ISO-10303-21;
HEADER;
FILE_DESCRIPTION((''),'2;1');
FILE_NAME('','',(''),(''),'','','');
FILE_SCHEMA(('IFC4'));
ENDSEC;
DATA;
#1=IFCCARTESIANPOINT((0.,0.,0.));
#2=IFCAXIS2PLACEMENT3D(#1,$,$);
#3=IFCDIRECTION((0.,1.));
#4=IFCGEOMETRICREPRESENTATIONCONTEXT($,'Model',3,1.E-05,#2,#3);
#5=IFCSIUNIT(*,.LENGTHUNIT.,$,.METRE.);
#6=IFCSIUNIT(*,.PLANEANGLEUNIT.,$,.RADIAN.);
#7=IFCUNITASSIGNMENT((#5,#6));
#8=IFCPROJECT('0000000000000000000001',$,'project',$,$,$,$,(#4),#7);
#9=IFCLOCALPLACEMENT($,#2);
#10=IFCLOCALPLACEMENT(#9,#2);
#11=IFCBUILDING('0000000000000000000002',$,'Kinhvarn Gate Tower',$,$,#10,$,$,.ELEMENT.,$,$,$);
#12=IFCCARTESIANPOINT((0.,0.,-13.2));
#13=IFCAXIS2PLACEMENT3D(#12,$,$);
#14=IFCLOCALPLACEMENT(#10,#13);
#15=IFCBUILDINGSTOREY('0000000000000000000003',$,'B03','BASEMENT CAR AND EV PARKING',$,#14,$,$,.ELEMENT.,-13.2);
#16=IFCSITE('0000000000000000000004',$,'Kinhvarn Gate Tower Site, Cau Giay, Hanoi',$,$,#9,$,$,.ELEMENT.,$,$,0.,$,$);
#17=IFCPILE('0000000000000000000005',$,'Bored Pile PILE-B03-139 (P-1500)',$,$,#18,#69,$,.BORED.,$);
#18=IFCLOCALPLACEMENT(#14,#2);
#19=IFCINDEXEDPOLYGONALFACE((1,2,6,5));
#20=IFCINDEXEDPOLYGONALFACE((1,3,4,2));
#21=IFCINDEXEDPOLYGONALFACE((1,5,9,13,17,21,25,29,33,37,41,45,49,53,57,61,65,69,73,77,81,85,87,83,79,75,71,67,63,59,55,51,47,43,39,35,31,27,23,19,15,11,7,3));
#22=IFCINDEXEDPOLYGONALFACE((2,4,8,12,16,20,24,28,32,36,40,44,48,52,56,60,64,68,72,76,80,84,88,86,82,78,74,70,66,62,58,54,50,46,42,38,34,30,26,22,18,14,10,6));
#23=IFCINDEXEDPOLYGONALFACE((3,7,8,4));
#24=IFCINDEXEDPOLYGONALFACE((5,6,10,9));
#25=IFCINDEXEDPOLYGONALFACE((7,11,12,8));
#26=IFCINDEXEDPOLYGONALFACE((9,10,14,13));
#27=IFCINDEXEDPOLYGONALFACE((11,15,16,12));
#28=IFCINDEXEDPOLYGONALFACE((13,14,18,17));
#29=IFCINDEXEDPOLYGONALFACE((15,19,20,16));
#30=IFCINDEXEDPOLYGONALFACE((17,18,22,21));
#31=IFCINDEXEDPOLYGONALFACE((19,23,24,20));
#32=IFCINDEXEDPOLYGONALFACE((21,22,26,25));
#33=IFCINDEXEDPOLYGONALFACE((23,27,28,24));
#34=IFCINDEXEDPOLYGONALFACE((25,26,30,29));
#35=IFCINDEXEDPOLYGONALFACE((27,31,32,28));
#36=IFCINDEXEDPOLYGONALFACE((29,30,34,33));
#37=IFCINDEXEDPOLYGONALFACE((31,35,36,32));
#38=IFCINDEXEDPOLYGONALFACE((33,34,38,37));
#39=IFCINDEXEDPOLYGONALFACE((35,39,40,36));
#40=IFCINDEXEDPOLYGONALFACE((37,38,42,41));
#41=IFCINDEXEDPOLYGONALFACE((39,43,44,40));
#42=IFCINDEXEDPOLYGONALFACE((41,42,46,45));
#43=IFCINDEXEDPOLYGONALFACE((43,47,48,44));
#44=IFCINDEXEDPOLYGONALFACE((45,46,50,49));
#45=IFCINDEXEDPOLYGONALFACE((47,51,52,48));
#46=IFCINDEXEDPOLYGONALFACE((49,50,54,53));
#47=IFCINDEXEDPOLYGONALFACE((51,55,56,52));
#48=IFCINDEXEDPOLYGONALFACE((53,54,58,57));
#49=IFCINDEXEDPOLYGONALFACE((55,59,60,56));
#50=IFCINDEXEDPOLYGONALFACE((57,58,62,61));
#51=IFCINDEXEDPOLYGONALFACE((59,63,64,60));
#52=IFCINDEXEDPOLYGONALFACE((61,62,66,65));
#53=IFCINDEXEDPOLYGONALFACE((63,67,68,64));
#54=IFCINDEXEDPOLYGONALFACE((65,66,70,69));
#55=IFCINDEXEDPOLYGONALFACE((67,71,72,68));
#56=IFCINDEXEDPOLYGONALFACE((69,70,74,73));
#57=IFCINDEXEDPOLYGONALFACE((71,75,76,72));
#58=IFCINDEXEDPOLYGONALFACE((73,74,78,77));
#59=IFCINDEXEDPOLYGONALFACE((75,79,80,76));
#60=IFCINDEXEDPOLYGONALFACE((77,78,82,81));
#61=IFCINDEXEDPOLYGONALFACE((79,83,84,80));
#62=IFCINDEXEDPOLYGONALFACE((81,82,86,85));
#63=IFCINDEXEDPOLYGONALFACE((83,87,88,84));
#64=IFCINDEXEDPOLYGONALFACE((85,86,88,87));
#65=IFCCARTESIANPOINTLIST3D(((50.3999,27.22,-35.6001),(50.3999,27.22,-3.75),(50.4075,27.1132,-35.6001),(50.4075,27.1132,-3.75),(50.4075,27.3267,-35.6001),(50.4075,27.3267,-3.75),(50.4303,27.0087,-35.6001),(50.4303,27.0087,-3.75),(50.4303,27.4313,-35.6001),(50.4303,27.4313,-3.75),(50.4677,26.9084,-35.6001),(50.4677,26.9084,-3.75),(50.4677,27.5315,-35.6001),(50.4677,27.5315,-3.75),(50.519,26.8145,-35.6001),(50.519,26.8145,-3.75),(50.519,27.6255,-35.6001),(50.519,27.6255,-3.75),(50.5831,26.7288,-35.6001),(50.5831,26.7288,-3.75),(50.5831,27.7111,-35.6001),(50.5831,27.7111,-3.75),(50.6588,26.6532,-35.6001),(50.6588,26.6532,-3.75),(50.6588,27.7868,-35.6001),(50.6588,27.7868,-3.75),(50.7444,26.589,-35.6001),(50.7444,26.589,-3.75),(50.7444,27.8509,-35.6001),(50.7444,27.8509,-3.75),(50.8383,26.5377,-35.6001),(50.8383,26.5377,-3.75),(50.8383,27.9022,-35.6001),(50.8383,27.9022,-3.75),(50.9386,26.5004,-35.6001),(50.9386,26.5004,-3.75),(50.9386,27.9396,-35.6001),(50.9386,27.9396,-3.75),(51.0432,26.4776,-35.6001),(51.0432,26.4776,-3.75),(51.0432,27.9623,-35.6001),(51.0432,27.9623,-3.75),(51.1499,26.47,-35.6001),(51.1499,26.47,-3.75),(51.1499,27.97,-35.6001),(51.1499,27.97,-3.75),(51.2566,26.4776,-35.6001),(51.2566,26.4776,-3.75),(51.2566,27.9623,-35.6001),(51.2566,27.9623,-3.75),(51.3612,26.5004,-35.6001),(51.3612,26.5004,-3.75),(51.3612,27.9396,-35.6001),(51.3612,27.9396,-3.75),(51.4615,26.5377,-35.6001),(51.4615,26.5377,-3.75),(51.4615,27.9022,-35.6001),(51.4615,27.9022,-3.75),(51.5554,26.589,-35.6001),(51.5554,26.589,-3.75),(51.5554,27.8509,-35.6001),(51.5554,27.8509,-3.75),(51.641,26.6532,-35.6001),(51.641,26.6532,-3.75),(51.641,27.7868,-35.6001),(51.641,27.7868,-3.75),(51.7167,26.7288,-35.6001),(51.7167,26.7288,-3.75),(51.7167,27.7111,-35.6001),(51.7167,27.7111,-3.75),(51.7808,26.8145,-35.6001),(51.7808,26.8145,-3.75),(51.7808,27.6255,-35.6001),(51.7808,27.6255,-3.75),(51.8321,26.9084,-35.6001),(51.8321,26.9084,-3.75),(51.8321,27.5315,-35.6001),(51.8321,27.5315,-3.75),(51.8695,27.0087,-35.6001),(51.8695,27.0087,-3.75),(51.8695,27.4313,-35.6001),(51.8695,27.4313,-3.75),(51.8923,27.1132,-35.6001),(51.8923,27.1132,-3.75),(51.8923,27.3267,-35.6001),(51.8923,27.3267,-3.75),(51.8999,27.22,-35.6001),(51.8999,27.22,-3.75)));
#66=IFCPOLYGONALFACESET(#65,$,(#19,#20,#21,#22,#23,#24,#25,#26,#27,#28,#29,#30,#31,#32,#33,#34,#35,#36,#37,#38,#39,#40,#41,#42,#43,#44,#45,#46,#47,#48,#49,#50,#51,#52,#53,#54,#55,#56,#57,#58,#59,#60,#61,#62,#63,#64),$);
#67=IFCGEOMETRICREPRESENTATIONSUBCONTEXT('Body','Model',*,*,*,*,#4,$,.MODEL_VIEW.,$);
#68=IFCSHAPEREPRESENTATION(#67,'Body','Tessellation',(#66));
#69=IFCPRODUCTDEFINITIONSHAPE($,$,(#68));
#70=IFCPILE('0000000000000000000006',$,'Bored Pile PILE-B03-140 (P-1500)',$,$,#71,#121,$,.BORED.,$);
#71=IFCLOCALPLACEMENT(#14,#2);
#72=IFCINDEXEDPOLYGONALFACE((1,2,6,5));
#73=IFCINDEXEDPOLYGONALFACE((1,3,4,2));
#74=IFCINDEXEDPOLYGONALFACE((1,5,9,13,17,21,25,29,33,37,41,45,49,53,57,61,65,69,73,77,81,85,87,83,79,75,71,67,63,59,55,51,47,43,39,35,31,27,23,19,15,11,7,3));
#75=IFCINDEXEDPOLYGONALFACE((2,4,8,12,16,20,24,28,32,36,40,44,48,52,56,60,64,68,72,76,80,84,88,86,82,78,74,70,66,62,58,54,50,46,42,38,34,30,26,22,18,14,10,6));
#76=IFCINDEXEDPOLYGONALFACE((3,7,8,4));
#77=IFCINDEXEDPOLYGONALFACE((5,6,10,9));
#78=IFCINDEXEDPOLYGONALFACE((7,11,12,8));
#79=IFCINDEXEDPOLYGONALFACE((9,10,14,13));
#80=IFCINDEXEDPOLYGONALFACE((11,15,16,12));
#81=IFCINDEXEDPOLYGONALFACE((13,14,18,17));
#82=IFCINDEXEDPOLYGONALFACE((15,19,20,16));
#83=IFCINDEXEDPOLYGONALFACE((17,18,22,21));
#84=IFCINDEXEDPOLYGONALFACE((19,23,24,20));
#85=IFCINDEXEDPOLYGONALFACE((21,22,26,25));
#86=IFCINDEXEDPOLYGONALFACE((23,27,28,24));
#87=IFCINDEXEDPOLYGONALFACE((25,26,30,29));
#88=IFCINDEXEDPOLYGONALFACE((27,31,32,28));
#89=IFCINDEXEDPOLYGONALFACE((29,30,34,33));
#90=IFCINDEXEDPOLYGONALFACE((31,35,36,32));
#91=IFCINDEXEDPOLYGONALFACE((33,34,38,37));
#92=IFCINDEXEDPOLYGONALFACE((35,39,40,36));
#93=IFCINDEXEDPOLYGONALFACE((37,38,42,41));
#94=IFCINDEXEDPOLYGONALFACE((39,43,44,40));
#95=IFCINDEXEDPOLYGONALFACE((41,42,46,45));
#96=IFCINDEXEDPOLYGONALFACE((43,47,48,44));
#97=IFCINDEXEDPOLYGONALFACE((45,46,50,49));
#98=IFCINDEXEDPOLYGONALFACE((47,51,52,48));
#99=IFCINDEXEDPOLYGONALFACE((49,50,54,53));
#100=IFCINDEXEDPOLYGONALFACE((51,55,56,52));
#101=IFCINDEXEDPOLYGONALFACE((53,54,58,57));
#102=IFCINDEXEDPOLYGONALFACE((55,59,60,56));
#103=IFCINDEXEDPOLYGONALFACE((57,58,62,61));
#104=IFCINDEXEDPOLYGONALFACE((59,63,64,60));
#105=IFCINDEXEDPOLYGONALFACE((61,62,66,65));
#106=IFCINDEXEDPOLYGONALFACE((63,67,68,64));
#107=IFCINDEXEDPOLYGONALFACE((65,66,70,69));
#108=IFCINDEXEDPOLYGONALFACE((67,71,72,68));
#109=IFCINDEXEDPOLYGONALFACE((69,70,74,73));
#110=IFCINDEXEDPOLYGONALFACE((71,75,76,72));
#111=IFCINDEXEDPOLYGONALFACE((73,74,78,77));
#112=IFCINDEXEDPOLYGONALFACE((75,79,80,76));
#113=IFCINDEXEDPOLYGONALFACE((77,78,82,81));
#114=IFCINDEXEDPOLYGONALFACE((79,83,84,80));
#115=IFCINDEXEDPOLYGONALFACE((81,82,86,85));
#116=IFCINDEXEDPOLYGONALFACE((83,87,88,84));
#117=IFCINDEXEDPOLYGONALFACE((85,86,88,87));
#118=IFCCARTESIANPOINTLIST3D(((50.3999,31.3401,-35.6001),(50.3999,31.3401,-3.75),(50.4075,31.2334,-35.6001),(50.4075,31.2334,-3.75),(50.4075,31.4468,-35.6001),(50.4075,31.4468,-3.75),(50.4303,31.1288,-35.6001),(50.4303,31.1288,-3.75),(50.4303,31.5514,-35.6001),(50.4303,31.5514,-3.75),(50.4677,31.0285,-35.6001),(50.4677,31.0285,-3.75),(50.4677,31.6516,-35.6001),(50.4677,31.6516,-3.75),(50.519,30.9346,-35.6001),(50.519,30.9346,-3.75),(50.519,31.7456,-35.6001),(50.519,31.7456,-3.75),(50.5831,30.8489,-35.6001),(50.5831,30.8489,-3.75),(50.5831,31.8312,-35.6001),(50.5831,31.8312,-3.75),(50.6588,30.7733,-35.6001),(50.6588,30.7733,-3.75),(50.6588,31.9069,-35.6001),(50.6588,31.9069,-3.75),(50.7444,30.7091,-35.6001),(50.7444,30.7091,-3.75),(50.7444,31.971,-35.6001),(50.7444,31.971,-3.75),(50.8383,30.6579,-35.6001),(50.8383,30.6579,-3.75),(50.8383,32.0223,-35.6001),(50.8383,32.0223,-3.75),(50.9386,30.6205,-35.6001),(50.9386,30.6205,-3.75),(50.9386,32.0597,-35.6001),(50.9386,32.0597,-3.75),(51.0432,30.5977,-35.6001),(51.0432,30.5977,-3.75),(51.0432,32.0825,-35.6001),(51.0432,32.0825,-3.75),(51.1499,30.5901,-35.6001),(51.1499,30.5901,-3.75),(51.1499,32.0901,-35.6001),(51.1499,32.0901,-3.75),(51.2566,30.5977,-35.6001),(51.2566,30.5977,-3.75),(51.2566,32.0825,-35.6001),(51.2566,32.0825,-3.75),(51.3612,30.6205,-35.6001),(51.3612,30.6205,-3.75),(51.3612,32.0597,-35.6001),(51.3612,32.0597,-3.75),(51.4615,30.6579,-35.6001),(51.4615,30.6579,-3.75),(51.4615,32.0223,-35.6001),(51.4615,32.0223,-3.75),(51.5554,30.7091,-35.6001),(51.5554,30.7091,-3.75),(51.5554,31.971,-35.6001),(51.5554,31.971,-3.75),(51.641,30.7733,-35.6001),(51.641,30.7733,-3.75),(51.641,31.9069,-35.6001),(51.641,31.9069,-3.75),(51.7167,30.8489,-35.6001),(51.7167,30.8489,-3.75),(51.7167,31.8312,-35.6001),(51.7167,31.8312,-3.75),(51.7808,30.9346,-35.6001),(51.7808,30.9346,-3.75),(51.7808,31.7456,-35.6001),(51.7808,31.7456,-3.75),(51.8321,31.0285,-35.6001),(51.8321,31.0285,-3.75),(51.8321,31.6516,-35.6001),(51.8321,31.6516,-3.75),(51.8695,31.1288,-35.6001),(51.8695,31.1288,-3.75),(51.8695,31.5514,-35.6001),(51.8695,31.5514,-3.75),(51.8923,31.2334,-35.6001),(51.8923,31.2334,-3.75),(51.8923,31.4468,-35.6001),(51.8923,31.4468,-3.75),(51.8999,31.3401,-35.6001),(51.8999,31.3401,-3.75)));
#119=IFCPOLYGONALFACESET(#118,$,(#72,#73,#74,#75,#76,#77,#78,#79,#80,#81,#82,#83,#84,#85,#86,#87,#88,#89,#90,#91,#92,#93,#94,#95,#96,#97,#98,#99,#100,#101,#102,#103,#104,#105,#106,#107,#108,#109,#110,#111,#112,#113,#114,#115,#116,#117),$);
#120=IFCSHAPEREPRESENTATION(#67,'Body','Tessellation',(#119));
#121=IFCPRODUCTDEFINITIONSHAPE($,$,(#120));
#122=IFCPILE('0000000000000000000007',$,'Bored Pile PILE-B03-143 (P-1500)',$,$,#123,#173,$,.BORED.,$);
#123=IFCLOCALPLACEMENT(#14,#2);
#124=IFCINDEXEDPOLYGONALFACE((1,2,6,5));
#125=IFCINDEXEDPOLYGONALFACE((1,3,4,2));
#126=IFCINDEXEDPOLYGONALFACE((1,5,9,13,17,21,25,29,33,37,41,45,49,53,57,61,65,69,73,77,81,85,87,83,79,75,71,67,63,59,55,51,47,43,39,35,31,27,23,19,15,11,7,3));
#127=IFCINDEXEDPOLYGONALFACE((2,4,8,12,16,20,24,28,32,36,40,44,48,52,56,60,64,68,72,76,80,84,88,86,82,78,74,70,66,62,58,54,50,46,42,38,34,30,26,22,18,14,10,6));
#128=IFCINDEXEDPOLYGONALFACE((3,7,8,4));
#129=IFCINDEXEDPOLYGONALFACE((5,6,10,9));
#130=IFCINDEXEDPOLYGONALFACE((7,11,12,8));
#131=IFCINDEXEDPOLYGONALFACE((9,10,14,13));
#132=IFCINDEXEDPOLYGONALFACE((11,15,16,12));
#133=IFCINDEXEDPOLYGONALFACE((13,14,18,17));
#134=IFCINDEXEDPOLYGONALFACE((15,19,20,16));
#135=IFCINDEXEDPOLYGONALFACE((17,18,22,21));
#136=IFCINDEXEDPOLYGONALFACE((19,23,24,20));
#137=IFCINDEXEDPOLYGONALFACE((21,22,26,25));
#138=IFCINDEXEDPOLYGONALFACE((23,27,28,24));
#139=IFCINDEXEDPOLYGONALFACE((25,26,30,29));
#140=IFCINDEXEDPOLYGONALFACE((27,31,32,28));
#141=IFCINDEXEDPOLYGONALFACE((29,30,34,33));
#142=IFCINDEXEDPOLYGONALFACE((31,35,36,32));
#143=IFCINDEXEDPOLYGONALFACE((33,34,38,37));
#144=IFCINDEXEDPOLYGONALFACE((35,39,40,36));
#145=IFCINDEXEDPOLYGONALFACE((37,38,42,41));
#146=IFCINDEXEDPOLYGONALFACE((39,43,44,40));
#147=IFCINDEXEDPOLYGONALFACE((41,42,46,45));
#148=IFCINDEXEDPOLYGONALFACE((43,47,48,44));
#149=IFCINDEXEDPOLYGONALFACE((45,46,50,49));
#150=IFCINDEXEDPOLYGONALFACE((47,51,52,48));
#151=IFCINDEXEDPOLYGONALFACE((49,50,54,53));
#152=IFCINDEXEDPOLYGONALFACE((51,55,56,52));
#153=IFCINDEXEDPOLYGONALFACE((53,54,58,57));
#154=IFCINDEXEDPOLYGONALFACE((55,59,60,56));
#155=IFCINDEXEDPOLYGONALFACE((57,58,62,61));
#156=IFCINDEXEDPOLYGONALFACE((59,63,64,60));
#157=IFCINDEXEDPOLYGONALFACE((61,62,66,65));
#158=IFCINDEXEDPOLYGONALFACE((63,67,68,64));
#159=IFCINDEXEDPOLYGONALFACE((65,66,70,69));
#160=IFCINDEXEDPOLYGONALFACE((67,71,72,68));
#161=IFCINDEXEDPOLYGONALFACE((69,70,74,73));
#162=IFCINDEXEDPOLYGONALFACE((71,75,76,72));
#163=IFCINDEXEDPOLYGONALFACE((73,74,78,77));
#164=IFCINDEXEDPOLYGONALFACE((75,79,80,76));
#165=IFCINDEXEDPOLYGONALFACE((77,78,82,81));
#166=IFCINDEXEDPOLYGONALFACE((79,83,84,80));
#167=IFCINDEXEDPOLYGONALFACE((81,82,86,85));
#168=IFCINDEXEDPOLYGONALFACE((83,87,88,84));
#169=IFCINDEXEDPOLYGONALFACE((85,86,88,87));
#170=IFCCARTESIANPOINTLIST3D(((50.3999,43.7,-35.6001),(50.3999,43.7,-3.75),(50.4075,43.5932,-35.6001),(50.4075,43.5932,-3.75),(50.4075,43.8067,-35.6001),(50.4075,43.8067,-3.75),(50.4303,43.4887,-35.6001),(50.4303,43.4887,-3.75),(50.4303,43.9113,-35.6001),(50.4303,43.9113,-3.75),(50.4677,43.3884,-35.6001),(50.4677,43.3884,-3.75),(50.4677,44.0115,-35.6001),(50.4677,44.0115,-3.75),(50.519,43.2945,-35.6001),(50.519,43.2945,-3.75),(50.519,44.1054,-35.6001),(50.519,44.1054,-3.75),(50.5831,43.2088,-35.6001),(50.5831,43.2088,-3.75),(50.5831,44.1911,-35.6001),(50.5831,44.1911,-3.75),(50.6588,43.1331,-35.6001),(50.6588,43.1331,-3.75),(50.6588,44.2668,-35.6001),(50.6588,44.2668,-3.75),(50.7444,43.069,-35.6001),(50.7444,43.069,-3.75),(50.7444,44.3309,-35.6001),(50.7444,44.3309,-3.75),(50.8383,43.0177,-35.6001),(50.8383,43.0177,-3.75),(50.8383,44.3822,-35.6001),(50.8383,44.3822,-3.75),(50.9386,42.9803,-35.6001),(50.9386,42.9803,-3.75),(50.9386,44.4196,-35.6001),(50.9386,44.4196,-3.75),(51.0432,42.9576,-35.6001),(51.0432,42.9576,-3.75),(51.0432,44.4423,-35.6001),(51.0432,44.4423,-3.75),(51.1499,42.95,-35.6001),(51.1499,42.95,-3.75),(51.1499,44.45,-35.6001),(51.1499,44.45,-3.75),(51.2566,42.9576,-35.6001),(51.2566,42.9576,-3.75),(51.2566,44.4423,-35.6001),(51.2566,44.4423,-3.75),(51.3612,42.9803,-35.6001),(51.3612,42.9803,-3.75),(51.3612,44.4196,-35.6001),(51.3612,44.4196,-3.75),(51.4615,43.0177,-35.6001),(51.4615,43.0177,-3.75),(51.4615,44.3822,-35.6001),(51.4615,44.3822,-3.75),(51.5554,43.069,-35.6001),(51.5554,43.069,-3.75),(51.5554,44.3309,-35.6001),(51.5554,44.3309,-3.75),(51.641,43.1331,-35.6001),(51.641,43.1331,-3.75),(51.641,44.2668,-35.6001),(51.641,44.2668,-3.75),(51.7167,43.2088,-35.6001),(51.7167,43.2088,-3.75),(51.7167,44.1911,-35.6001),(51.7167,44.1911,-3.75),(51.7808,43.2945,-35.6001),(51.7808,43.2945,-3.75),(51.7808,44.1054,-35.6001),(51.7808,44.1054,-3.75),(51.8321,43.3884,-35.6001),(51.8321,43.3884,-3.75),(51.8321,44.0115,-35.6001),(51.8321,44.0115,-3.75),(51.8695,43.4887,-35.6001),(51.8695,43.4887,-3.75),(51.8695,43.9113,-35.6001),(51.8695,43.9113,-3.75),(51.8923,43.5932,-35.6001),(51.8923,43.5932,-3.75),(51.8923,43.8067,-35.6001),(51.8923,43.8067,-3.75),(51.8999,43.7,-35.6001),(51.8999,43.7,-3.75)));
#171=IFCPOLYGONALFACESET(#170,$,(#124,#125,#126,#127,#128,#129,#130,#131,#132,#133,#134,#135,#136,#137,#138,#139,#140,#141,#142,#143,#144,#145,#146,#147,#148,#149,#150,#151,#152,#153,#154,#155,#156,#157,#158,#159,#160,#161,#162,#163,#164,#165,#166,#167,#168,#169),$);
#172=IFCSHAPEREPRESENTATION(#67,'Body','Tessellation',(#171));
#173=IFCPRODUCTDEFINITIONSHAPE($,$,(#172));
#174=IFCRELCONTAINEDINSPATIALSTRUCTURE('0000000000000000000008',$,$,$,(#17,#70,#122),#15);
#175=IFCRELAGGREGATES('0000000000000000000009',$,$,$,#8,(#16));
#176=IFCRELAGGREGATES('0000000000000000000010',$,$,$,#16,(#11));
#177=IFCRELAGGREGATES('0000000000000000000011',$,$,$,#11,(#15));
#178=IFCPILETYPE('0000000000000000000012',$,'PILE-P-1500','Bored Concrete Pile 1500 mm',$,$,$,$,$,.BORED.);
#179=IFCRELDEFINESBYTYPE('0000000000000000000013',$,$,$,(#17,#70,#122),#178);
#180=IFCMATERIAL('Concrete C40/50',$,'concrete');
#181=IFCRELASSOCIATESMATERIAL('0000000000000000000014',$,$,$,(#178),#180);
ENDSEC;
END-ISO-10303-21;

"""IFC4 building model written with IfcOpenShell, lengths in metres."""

from ifc_helpers import new_model, si_unit, direction, frame, origin, origin_2d, place, context, subcontext, project, spatial, circle, extrude, material, material_profile, profile_set, type_object, element, save


model = new_model("IFC4")

# Units and contexts
model_context = context("Model", 3, precision=1e-05, world=origin(), true_north=direction((0.0, 1.0)))
body_context = subcontext(model_context, "Body", "Model", "MODEL_VIEW")
ifc_project = project(units=[si_unit("LENGTHUNIT", "METRE"), si_unit("PLANEANGLEUNIT", "RADIAN")], contexts=[model_context])

# Site, building, storey
site_placement = place(None, origin())
site = spatial("IfcSite", under=ifc_project, at=site_placement, Name="Kinhvarn Gate Tower Site, Cau Giay, Hanoi", CompositionType="ELEMENT", RefElevation=0.0)
building_placement = place(site_placement, origin())
building = spatial("IfcBuilding", under=site, at=building_placement, Name="Kinhvarn Gate Tower", CompositionType="ELEMENT")
storey_placement = place(building_placement, frame((0.0, 0.0, -13.2)))
storey = spatial("IfcBuildingStorey", under=building, at=storey_placement, Name="B03", Description="BASEMENT CAR AND EV PARKING", CompositionType="ELEMENT", Elevation=-13.2)

# Piles
ifc_material = material(Name="Concrete C40/50", Category="concrete")
ifc_material_profile_1 = material_profile(ifc_material, circle(Radius=0.75, at=origin_2d()), Name="PILE D1500")
ifc_profile_set_1 = profile_set([ifc_material_profile_1], Name="Concrete C40/50")
pile_type_1 = type_object("IfcPileType", Name="PILE-P-1500", Description="Bored Concrete Pile 1500 mm", PredefinedType="BORED", material=ifc_profile_set_1)
for number, where, z_axis, x_axis, name in (
    (1, (51.1499, 27.22, -35.6001), (0.0, 0.0, 1.0), (1.0, 0.0, 0.0), "Bored Pile PILE-B03-139 (P-1500)"),
    (2, (51.1499, 31.3401, -35.6001), (0.0, 0.0, 1.0), (1.0, 0.0, 0.0), "Bored Pile PILE-B03-140 (P-1500)"),
    (3, (51.1499, 43.7, -35.6001), (0.0, 0.0, 1.0), (1.0, 0.0, 0.0), "Bored Pile PILE-B03-143 (P-1500)"),
):
    element("IfcPile", number, at=place(storey_placement, frame(where, z_axis=z_axis, x_axis=x_axis)), inside=storey, type_object=pile_type_1, Name=name, PredefinedType="BORED", context=body_context, shape_type="SweptSolid", body=[
        extrude(circle(Radius=0.75, at=origin_2d()), origin(), (0.0, 0.0, 1.0), 31.8501),
    ])

save(model, "model.ifc")
